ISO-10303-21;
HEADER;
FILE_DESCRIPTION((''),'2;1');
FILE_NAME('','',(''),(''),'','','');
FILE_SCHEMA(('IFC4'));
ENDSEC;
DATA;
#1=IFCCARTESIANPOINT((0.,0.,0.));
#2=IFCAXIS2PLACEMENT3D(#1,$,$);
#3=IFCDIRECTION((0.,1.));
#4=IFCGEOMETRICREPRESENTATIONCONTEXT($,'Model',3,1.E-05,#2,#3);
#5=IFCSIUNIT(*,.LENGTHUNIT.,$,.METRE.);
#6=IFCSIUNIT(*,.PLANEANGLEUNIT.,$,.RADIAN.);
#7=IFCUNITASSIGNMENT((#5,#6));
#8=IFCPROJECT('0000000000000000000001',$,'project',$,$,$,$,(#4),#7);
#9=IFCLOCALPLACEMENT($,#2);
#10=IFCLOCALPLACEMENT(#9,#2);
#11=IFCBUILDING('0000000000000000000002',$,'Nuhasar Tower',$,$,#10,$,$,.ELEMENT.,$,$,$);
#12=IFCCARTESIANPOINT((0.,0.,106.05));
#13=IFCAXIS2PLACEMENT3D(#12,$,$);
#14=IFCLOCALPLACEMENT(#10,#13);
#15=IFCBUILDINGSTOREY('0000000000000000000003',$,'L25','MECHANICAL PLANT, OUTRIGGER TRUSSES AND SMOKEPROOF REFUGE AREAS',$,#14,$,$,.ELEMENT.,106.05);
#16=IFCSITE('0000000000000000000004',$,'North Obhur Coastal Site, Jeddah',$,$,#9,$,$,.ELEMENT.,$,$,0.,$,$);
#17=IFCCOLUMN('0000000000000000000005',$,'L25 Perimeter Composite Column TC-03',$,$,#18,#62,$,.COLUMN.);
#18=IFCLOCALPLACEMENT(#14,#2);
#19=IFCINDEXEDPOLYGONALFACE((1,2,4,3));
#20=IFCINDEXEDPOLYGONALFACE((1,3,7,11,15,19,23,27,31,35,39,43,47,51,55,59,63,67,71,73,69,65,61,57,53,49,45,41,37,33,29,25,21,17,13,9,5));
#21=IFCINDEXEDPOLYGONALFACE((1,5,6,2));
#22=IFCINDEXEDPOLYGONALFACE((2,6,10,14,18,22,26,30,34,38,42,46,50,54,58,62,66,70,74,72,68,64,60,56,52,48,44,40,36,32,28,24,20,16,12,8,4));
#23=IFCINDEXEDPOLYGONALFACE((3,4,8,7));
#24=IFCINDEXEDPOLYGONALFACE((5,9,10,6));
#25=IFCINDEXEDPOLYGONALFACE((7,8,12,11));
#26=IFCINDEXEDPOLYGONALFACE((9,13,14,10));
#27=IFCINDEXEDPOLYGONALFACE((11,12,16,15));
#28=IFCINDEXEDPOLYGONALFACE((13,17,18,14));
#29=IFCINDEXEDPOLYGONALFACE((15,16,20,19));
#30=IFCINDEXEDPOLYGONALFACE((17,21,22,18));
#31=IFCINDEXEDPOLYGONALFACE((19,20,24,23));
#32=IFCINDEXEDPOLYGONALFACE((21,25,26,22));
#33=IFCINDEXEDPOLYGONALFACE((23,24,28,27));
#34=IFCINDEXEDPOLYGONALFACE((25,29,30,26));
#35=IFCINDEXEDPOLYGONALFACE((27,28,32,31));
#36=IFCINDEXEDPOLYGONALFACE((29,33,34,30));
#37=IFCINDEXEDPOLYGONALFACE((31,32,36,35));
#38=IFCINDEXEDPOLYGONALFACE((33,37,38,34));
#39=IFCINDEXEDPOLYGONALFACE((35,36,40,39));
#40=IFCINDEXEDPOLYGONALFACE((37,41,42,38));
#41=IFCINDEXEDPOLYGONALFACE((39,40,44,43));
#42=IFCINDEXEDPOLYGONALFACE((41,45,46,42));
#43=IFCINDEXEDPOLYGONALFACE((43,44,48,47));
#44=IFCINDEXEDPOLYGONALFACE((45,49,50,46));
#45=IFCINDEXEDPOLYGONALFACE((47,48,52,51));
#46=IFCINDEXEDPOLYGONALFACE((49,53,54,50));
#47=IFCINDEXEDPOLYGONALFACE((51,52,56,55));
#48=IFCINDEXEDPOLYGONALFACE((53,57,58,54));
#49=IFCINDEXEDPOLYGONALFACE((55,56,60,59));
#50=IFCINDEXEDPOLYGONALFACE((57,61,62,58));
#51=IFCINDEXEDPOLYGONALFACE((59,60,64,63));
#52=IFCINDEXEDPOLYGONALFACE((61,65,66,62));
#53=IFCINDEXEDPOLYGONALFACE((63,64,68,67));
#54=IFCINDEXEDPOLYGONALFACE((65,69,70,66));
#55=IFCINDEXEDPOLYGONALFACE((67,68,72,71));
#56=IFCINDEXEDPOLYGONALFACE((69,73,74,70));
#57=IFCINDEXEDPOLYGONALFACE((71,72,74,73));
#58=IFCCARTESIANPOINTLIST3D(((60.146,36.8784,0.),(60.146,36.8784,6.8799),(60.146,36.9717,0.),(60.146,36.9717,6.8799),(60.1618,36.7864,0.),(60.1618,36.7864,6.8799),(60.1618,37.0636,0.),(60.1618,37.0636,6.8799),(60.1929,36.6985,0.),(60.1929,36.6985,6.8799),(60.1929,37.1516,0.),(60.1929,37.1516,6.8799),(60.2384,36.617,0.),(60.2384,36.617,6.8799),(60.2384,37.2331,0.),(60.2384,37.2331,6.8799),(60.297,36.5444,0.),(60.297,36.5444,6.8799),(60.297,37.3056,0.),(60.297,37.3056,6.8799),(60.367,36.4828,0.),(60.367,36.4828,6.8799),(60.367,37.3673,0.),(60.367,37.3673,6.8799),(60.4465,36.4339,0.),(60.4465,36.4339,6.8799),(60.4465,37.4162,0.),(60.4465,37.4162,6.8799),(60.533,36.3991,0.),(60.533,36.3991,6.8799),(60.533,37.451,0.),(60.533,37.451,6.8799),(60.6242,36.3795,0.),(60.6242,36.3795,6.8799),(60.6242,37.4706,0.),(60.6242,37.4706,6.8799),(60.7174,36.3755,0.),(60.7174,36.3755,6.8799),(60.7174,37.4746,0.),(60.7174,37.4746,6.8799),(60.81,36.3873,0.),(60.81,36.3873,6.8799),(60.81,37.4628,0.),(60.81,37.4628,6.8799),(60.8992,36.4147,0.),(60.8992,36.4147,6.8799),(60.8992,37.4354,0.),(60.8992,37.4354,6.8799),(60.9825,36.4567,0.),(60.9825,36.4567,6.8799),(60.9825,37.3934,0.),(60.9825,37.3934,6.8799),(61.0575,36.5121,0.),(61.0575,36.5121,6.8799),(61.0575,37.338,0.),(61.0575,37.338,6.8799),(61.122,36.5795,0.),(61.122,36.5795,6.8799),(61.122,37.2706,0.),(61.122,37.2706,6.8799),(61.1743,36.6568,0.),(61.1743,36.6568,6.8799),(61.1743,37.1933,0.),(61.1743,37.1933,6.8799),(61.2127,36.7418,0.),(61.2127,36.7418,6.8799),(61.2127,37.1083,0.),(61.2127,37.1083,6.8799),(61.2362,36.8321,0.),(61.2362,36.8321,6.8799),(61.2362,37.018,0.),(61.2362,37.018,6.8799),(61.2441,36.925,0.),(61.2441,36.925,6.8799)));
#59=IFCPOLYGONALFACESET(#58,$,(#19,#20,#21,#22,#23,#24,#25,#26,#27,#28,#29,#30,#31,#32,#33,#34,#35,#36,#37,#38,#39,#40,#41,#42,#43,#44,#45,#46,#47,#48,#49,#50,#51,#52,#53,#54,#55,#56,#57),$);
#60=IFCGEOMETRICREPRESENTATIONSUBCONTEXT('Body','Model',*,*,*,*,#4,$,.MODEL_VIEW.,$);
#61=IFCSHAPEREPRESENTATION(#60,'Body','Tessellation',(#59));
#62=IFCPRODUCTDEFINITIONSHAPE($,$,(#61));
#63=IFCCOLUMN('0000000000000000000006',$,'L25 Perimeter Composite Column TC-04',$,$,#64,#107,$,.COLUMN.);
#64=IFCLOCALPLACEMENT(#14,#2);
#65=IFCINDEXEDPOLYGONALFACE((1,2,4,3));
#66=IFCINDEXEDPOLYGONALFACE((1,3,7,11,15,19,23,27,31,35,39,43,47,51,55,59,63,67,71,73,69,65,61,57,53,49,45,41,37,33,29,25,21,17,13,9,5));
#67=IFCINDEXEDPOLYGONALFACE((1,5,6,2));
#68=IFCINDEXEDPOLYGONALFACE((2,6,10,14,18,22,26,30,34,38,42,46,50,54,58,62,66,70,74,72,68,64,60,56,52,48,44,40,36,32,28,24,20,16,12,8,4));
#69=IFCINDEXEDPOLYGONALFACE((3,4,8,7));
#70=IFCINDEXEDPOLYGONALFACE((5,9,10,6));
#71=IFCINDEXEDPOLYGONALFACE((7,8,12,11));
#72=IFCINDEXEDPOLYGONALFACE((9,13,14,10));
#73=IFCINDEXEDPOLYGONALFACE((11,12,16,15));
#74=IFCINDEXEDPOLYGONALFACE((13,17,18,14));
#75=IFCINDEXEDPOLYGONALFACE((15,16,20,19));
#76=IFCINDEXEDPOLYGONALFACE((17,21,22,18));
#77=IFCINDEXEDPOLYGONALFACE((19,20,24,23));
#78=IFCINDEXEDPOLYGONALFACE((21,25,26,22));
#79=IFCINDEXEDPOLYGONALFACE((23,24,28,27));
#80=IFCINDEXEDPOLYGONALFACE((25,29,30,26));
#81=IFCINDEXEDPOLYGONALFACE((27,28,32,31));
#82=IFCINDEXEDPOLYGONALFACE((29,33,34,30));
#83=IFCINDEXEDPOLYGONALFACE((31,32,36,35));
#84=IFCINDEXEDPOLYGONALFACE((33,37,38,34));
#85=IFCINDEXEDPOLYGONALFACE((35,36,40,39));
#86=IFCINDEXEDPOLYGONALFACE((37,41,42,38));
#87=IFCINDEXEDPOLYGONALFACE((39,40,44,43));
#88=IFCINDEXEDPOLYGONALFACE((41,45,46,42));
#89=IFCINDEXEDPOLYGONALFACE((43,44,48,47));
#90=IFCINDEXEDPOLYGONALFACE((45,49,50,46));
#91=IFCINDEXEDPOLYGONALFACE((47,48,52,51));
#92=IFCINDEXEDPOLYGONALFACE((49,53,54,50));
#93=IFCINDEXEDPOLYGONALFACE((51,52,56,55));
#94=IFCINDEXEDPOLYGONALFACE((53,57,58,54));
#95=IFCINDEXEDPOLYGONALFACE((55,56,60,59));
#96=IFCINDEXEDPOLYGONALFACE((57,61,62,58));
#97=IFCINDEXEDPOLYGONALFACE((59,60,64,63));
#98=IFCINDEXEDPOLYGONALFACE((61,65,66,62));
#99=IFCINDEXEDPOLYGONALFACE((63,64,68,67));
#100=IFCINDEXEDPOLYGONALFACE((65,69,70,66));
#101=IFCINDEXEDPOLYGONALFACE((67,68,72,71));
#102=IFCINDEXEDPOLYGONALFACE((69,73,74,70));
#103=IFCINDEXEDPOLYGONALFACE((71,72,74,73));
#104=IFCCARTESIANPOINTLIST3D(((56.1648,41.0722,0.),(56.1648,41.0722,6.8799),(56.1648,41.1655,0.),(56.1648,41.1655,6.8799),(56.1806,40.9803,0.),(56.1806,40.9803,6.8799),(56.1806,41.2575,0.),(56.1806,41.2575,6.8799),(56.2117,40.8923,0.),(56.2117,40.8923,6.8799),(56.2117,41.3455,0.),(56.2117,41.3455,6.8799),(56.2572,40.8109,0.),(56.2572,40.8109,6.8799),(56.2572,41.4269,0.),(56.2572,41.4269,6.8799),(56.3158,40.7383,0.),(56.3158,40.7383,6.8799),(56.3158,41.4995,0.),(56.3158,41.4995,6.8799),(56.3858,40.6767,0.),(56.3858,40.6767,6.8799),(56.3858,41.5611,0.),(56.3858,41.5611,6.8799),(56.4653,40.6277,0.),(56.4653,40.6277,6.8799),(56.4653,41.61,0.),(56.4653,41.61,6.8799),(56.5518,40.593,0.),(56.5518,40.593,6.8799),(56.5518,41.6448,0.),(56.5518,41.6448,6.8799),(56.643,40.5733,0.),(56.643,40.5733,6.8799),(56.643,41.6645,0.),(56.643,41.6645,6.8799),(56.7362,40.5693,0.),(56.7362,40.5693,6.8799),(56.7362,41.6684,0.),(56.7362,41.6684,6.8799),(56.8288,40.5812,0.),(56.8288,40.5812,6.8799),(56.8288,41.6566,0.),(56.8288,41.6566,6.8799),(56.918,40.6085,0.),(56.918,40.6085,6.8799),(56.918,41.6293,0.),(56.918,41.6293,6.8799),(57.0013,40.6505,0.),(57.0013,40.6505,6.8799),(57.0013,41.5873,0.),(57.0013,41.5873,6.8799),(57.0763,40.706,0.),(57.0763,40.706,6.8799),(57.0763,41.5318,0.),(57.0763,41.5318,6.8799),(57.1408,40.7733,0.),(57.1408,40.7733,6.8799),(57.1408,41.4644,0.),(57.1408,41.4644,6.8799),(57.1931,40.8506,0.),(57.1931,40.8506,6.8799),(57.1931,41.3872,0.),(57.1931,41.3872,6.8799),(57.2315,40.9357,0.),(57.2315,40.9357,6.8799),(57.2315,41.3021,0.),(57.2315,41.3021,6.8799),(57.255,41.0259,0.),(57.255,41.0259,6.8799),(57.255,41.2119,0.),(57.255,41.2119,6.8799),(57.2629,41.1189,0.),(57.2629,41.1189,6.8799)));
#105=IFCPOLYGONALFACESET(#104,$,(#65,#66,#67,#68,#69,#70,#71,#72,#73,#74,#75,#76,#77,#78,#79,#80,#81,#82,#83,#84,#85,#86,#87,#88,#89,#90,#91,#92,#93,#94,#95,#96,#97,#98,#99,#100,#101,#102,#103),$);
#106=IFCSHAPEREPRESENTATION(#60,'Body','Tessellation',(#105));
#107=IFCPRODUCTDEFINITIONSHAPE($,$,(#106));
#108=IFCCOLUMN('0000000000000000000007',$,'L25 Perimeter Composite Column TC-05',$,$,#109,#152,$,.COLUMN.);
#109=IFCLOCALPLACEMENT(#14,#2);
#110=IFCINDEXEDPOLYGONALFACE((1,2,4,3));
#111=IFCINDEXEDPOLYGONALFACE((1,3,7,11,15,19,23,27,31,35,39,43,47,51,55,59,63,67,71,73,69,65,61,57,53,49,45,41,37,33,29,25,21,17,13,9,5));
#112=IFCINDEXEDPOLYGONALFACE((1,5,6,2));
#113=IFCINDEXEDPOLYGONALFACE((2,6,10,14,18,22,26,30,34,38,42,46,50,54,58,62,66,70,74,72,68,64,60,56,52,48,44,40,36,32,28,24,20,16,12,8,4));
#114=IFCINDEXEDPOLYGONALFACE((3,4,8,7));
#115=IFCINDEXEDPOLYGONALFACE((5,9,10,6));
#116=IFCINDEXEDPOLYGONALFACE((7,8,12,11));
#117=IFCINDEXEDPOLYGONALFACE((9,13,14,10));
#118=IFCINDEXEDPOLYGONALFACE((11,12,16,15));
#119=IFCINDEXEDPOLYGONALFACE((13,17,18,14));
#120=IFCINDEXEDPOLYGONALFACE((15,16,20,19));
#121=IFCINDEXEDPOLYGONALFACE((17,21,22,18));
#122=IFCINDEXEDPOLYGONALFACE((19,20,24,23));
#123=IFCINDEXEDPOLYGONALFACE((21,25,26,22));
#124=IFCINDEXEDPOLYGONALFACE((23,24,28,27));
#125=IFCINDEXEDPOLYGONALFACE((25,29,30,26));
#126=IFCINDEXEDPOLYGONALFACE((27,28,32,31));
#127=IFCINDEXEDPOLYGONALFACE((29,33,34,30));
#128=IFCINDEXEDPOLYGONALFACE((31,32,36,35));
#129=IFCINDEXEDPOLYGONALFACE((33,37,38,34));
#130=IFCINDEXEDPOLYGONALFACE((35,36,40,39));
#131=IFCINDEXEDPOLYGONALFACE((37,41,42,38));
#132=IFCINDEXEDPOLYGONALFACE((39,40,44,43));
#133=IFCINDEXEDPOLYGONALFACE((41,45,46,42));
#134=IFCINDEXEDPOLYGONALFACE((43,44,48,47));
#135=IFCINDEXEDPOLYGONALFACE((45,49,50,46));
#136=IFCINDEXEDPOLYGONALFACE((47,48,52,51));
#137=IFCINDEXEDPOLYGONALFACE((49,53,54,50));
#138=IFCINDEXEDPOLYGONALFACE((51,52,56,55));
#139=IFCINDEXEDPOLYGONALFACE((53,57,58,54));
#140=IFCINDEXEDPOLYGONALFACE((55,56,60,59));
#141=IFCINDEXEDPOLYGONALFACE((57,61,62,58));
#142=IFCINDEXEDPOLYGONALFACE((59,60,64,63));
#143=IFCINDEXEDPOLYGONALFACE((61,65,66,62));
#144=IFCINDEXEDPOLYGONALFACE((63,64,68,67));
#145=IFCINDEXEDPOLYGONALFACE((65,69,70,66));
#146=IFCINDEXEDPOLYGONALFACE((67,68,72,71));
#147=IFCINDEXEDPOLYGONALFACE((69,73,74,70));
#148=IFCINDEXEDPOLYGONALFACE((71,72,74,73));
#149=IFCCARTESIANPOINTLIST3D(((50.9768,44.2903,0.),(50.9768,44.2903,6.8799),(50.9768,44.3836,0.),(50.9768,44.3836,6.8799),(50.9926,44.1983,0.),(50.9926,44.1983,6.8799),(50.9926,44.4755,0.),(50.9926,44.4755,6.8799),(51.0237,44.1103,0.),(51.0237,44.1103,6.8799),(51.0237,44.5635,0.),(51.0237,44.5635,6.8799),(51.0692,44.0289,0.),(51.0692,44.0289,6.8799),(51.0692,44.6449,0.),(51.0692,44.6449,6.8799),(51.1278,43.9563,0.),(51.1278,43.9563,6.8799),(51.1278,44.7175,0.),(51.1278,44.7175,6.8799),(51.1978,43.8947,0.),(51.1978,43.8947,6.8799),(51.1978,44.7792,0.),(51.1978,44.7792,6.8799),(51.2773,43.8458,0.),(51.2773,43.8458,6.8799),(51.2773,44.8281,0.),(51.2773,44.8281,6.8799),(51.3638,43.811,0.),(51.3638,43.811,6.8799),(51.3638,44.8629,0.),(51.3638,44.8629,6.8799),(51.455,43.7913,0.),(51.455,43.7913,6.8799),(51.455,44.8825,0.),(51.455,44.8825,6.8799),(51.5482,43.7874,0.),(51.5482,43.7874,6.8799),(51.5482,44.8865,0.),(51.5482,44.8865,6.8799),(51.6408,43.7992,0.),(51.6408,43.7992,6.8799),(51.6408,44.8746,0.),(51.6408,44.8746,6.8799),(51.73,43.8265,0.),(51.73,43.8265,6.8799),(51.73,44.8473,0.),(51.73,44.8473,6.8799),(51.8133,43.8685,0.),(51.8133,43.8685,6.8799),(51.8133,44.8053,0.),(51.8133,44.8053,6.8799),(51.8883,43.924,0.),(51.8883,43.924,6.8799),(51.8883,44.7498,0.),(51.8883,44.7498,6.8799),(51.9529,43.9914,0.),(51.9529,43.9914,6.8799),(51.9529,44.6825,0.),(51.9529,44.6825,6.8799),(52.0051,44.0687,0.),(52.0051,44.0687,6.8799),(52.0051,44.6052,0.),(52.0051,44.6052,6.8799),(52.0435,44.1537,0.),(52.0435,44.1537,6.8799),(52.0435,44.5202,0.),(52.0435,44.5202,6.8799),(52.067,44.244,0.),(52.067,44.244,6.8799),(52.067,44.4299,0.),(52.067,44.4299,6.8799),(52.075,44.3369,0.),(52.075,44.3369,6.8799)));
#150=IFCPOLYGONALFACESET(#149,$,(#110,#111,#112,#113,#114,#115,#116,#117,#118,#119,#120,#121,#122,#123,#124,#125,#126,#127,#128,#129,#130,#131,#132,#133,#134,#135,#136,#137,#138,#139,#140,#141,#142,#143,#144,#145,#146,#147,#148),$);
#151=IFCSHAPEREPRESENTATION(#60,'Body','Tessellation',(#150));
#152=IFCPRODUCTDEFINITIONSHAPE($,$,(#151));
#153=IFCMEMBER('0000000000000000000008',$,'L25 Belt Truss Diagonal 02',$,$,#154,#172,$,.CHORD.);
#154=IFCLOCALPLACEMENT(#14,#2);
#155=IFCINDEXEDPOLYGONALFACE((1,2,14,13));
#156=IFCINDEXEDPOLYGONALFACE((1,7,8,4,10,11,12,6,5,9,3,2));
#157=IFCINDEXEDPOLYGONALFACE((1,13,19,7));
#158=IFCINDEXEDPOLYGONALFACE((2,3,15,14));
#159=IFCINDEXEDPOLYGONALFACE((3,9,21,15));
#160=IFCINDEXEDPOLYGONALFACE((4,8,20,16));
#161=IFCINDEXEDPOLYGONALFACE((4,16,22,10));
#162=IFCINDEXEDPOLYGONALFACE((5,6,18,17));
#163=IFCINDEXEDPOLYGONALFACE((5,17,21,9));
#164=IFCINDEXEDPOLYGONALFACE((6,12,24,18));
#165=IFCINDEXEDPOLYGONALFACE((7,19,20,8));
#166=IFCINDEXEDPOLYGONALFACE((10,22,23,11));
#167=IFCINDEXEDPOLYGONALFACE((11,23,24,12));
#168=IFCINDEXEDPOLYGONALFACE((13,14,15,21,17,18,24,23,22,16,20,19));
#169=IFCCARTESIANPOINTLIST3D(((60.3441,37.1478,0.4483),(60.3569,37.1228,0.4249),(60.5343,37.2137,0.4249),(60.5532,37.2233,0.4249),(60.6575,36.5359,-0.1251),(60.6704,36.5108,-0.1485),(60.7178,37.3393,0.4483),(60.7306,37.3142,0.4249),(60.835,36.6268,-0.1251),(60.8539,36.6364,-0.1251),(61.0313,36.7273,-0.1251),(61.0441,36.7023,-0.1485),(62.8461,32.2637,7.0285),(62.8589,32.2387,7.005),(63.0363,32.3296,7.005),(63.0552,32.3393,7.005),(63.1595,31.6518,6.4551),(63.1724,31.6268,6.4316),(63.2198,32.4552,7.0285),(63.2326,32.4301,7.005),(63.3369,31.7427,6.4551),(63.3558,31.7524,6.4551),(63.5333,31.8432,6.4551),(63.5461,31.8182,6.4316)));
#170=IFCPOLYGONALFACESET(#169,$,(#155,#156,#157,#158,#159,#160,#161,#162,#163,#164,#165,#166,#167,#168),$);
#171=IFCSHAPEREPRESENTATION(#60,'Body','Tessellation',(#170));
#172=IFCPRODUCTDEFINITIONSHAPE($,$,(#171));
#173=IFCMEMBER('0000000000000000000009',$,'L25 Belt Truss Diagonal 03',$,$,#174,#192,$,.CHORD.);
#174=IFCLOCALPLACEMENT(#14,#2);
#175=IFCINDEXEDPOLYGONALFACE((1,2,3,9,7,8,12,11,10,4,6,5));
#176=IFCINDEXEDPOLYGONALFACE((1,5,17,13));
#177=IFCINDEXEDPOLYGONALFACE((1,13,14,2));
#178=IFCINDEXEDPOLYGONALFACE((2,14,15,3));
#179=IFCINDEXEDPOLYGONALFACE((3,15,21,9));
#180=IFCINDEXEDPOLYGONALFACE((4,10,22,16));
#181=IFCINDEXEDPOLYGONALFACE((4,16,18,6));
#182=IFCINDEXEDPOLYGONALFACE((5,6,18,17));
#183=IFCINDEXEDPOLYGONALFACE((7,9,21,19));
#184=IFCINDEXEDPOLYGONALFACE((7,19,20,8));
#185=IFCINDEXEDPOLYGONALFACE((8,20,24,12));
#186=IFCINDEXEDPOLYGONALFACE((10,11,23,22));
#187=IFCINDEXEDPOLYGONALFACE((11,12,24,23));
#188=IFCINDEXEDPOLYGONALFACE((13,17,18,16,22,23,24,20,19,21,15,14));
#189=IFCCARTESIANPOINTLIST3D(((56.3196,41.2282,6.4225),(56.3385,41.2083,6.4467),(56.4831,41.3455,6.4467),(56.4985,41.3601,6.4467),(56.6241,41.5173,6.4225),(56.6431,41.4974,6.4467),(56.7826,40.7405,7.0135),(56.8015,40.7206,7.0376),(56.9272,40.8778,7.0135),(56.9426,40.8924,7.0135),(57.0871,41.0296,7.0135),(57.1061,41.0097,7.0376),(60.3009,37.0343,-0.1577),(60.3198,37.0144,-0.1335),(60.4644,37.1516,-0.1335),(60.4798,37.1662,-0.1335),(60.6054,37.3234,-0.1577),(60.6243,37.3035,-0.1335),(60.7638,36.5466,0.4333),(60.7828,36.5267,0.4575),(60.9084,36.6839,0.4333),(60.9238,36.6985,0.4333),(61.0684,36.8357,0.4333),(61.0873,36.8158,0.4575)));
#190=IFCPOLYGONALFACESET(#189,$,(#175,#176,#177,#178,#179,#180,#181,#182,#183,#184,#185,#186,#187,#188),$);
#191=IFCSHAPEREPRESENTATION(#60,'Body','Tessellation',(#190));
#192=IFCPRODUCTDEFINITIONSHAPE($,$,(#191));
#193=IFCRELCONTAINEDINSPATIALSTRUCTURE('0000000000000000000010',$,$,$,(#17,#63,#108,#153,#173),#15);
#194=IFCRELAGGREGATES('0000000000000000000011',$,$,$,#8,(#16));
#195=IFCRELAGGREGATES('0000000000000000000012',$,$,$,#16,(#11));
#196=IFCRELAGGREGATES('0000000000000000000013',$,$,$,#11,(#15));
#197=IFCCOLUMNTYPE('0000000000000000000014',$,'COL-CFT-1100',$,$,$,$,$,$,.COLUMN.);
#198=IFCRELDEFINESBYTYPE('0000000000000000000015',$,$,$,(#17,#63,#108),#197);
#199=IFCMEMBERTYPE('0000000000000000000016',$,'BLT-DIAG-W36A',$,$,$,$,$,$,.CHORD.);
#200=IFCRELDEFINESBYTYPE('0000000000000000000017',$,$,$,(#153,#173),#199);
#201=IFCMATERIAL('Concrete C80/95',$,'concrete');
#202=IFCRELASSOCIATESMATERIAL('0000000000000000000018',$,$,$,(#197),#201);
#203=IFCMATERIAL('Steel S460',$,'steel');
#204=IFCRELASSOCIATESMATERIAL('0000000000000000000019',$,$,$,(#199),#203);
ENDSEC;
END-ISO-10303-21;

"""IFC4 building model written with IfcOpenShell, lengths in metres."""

from ifc_helpers import new_model, si_unit, direction, frame, origin, origin_2d, place, context, subcontext, project, spatial, circle, i_section, extrude, material, material_profile, profile_set, type_object, element, save


model = new_model("IFC4")

# Units and contexts
model_context = context("Model", 3, precision=1e-05, world=origin(), true_north=direction((0.0, 1.0)))
body_context = subcontext(model_context, "Body", "Model", "MODEL_VIEW")
ifc_project = project(units=[si_unit("LENGTHUNIT", "METRE"), si_unit("PLANEANGLEUNIT", "RADIAN")], contexts=[model_context])

# Site, building, storey
site_placement = place(None, origin())
site = spatial("IfcSite", under=ifc_project, at=site_placement, Name="North Obhur Coastal Site, Jeddah", CompositionType="ELEMENT", RefElevation=0.0)
building_placement = place(site_placement, origin())
building = spatial("IfcBuilding", under=site, at=building_placement, Name="Nuhasar Tower", CompositionType="ELEMENT")
storey_placement = place(building_placement, frame((0.0, 0.0, 106.05)))
storey = spatial("IfcBuildingStorey", under=building, at=storey_placement, Name="L25", Description="MECHANICAL PLANT, OUTRIGGER TRUSSES AND SMOKEPROOF REFUGE AREAS", CompositionType="ELEMENT", Elevation=106.05)

# Columns
ifc_material_1 = material(Name="Concrete C80/95", Category="concrete")
ifc_material_profile_1 = material_profile(ifc_material_1, circle(Radius=0.55, at=origin_2d()), Name="CFT1100")
ifc_profile_set_1 = profile_set([ifc_material_profile_1], Name="Concrete C80/95")
column_type = type_object("IfcColumnType", Name="COL-CFT-1100", PredefinedType="COLUMN", material=ifc_profile_set_1)
for number, where, z_axis, x_axis, name in (
    (1, (60.6941, 36.925, 0.0), (0.0, 0.0, 1.0), (1.0, 0.0, 0.0), "L25 Perimeter Composite Column TC-03"),
    (2, (56.7129, 41.1189, 0.0), (0.0, 0.0, 1.0), (1.0, 0.0, 0.0), "L25 Perimeter Composite Column TC-04"),
    (3, (51.5249, 44.3369, 0.0), (0.0, 0.0, 1.0), (1.0, 0.0, 0.0), "L25 Perimeter Composite Column TC-05"),
):
    element("IfcColumn", number, at=place(storey_placement, frame(where, z_axis=z_axis, x_axis=x_axis)), inside=storey, type_object=column_type, Name=name, PredefinedType="COLUMN", context=body_context, shape_type="SweptSolid", body=[
        extrude(circle(Radius=0.55, at=origin_2d()), origin(), (0.0, 0.0, 1.0), 6.8799),
    ])

# Members
ifc_material_2 = material(Name="Steel S460", Category="steel")
ifc_material_profile_2 = material_profile(ifc_material_2, i_section(OverallWidth=0.4199, OverallDepth=0.9319, WebThickness=0.0212, FlangeThickness=0.0366, at=origin_2d()), Name="W36X262")
ifc_profile_set_2 = profile_set([ifc_material_profile_2], Name="Steel S460")
member_type_1 = type_object("IfcMemberType", Name="BLT-DIAG-W36A", PredefinedType="CHORD", material=ifc_profile_set_2)
member_1_placement = place(storey_placement, frame((60.6941, 36.925, 0.1499), z_axis=(0.292011, -0.570031, 0.767981), x_axis=(0.890016, 0.45593, 0.0)))
element("IfcMember", 4, at=member_1_placement, inside=storey, type_object=member_type_1, Name="L25 Belt Truss Diagonal 02", PredefinedType="CHORD", context=body_context, shape_type="SweptSolid", body=[
    extrude(i_section(OverallWidth=0.4199, OverallDepth=0.9319, WebThickness=0.0212, FlangeThickness=0.0366, at=origin_2d()), origin(), (0.0, 0.0, 1.0), 8.5681),
])
member_2_placement = place(storey_placement, frame((60.6941, 36.925, 0.1499), z_axis=(-0.454481, 0.478756, 0.75116), x_axis=(-0.725254, -0.688481, 0.0)))
element("IfcMember", 5, at=member_2_placement, inside=storey, type_object=member_type_1, Name="L25 Belt Truss Diagonal 03", PredefinedType="CHORD", context=body_context, shape_type="SweptSolid", body=[
    extrude(i_section(OverallWidth=0.4199, OverallDepth=0.9319, WebThickness=0.0212, FlangeThickness=0.0366, at=origin_2d()), origin(), (0.0, 0.0, 1.0), 8.76),
])

save(model, "model.ifc")
